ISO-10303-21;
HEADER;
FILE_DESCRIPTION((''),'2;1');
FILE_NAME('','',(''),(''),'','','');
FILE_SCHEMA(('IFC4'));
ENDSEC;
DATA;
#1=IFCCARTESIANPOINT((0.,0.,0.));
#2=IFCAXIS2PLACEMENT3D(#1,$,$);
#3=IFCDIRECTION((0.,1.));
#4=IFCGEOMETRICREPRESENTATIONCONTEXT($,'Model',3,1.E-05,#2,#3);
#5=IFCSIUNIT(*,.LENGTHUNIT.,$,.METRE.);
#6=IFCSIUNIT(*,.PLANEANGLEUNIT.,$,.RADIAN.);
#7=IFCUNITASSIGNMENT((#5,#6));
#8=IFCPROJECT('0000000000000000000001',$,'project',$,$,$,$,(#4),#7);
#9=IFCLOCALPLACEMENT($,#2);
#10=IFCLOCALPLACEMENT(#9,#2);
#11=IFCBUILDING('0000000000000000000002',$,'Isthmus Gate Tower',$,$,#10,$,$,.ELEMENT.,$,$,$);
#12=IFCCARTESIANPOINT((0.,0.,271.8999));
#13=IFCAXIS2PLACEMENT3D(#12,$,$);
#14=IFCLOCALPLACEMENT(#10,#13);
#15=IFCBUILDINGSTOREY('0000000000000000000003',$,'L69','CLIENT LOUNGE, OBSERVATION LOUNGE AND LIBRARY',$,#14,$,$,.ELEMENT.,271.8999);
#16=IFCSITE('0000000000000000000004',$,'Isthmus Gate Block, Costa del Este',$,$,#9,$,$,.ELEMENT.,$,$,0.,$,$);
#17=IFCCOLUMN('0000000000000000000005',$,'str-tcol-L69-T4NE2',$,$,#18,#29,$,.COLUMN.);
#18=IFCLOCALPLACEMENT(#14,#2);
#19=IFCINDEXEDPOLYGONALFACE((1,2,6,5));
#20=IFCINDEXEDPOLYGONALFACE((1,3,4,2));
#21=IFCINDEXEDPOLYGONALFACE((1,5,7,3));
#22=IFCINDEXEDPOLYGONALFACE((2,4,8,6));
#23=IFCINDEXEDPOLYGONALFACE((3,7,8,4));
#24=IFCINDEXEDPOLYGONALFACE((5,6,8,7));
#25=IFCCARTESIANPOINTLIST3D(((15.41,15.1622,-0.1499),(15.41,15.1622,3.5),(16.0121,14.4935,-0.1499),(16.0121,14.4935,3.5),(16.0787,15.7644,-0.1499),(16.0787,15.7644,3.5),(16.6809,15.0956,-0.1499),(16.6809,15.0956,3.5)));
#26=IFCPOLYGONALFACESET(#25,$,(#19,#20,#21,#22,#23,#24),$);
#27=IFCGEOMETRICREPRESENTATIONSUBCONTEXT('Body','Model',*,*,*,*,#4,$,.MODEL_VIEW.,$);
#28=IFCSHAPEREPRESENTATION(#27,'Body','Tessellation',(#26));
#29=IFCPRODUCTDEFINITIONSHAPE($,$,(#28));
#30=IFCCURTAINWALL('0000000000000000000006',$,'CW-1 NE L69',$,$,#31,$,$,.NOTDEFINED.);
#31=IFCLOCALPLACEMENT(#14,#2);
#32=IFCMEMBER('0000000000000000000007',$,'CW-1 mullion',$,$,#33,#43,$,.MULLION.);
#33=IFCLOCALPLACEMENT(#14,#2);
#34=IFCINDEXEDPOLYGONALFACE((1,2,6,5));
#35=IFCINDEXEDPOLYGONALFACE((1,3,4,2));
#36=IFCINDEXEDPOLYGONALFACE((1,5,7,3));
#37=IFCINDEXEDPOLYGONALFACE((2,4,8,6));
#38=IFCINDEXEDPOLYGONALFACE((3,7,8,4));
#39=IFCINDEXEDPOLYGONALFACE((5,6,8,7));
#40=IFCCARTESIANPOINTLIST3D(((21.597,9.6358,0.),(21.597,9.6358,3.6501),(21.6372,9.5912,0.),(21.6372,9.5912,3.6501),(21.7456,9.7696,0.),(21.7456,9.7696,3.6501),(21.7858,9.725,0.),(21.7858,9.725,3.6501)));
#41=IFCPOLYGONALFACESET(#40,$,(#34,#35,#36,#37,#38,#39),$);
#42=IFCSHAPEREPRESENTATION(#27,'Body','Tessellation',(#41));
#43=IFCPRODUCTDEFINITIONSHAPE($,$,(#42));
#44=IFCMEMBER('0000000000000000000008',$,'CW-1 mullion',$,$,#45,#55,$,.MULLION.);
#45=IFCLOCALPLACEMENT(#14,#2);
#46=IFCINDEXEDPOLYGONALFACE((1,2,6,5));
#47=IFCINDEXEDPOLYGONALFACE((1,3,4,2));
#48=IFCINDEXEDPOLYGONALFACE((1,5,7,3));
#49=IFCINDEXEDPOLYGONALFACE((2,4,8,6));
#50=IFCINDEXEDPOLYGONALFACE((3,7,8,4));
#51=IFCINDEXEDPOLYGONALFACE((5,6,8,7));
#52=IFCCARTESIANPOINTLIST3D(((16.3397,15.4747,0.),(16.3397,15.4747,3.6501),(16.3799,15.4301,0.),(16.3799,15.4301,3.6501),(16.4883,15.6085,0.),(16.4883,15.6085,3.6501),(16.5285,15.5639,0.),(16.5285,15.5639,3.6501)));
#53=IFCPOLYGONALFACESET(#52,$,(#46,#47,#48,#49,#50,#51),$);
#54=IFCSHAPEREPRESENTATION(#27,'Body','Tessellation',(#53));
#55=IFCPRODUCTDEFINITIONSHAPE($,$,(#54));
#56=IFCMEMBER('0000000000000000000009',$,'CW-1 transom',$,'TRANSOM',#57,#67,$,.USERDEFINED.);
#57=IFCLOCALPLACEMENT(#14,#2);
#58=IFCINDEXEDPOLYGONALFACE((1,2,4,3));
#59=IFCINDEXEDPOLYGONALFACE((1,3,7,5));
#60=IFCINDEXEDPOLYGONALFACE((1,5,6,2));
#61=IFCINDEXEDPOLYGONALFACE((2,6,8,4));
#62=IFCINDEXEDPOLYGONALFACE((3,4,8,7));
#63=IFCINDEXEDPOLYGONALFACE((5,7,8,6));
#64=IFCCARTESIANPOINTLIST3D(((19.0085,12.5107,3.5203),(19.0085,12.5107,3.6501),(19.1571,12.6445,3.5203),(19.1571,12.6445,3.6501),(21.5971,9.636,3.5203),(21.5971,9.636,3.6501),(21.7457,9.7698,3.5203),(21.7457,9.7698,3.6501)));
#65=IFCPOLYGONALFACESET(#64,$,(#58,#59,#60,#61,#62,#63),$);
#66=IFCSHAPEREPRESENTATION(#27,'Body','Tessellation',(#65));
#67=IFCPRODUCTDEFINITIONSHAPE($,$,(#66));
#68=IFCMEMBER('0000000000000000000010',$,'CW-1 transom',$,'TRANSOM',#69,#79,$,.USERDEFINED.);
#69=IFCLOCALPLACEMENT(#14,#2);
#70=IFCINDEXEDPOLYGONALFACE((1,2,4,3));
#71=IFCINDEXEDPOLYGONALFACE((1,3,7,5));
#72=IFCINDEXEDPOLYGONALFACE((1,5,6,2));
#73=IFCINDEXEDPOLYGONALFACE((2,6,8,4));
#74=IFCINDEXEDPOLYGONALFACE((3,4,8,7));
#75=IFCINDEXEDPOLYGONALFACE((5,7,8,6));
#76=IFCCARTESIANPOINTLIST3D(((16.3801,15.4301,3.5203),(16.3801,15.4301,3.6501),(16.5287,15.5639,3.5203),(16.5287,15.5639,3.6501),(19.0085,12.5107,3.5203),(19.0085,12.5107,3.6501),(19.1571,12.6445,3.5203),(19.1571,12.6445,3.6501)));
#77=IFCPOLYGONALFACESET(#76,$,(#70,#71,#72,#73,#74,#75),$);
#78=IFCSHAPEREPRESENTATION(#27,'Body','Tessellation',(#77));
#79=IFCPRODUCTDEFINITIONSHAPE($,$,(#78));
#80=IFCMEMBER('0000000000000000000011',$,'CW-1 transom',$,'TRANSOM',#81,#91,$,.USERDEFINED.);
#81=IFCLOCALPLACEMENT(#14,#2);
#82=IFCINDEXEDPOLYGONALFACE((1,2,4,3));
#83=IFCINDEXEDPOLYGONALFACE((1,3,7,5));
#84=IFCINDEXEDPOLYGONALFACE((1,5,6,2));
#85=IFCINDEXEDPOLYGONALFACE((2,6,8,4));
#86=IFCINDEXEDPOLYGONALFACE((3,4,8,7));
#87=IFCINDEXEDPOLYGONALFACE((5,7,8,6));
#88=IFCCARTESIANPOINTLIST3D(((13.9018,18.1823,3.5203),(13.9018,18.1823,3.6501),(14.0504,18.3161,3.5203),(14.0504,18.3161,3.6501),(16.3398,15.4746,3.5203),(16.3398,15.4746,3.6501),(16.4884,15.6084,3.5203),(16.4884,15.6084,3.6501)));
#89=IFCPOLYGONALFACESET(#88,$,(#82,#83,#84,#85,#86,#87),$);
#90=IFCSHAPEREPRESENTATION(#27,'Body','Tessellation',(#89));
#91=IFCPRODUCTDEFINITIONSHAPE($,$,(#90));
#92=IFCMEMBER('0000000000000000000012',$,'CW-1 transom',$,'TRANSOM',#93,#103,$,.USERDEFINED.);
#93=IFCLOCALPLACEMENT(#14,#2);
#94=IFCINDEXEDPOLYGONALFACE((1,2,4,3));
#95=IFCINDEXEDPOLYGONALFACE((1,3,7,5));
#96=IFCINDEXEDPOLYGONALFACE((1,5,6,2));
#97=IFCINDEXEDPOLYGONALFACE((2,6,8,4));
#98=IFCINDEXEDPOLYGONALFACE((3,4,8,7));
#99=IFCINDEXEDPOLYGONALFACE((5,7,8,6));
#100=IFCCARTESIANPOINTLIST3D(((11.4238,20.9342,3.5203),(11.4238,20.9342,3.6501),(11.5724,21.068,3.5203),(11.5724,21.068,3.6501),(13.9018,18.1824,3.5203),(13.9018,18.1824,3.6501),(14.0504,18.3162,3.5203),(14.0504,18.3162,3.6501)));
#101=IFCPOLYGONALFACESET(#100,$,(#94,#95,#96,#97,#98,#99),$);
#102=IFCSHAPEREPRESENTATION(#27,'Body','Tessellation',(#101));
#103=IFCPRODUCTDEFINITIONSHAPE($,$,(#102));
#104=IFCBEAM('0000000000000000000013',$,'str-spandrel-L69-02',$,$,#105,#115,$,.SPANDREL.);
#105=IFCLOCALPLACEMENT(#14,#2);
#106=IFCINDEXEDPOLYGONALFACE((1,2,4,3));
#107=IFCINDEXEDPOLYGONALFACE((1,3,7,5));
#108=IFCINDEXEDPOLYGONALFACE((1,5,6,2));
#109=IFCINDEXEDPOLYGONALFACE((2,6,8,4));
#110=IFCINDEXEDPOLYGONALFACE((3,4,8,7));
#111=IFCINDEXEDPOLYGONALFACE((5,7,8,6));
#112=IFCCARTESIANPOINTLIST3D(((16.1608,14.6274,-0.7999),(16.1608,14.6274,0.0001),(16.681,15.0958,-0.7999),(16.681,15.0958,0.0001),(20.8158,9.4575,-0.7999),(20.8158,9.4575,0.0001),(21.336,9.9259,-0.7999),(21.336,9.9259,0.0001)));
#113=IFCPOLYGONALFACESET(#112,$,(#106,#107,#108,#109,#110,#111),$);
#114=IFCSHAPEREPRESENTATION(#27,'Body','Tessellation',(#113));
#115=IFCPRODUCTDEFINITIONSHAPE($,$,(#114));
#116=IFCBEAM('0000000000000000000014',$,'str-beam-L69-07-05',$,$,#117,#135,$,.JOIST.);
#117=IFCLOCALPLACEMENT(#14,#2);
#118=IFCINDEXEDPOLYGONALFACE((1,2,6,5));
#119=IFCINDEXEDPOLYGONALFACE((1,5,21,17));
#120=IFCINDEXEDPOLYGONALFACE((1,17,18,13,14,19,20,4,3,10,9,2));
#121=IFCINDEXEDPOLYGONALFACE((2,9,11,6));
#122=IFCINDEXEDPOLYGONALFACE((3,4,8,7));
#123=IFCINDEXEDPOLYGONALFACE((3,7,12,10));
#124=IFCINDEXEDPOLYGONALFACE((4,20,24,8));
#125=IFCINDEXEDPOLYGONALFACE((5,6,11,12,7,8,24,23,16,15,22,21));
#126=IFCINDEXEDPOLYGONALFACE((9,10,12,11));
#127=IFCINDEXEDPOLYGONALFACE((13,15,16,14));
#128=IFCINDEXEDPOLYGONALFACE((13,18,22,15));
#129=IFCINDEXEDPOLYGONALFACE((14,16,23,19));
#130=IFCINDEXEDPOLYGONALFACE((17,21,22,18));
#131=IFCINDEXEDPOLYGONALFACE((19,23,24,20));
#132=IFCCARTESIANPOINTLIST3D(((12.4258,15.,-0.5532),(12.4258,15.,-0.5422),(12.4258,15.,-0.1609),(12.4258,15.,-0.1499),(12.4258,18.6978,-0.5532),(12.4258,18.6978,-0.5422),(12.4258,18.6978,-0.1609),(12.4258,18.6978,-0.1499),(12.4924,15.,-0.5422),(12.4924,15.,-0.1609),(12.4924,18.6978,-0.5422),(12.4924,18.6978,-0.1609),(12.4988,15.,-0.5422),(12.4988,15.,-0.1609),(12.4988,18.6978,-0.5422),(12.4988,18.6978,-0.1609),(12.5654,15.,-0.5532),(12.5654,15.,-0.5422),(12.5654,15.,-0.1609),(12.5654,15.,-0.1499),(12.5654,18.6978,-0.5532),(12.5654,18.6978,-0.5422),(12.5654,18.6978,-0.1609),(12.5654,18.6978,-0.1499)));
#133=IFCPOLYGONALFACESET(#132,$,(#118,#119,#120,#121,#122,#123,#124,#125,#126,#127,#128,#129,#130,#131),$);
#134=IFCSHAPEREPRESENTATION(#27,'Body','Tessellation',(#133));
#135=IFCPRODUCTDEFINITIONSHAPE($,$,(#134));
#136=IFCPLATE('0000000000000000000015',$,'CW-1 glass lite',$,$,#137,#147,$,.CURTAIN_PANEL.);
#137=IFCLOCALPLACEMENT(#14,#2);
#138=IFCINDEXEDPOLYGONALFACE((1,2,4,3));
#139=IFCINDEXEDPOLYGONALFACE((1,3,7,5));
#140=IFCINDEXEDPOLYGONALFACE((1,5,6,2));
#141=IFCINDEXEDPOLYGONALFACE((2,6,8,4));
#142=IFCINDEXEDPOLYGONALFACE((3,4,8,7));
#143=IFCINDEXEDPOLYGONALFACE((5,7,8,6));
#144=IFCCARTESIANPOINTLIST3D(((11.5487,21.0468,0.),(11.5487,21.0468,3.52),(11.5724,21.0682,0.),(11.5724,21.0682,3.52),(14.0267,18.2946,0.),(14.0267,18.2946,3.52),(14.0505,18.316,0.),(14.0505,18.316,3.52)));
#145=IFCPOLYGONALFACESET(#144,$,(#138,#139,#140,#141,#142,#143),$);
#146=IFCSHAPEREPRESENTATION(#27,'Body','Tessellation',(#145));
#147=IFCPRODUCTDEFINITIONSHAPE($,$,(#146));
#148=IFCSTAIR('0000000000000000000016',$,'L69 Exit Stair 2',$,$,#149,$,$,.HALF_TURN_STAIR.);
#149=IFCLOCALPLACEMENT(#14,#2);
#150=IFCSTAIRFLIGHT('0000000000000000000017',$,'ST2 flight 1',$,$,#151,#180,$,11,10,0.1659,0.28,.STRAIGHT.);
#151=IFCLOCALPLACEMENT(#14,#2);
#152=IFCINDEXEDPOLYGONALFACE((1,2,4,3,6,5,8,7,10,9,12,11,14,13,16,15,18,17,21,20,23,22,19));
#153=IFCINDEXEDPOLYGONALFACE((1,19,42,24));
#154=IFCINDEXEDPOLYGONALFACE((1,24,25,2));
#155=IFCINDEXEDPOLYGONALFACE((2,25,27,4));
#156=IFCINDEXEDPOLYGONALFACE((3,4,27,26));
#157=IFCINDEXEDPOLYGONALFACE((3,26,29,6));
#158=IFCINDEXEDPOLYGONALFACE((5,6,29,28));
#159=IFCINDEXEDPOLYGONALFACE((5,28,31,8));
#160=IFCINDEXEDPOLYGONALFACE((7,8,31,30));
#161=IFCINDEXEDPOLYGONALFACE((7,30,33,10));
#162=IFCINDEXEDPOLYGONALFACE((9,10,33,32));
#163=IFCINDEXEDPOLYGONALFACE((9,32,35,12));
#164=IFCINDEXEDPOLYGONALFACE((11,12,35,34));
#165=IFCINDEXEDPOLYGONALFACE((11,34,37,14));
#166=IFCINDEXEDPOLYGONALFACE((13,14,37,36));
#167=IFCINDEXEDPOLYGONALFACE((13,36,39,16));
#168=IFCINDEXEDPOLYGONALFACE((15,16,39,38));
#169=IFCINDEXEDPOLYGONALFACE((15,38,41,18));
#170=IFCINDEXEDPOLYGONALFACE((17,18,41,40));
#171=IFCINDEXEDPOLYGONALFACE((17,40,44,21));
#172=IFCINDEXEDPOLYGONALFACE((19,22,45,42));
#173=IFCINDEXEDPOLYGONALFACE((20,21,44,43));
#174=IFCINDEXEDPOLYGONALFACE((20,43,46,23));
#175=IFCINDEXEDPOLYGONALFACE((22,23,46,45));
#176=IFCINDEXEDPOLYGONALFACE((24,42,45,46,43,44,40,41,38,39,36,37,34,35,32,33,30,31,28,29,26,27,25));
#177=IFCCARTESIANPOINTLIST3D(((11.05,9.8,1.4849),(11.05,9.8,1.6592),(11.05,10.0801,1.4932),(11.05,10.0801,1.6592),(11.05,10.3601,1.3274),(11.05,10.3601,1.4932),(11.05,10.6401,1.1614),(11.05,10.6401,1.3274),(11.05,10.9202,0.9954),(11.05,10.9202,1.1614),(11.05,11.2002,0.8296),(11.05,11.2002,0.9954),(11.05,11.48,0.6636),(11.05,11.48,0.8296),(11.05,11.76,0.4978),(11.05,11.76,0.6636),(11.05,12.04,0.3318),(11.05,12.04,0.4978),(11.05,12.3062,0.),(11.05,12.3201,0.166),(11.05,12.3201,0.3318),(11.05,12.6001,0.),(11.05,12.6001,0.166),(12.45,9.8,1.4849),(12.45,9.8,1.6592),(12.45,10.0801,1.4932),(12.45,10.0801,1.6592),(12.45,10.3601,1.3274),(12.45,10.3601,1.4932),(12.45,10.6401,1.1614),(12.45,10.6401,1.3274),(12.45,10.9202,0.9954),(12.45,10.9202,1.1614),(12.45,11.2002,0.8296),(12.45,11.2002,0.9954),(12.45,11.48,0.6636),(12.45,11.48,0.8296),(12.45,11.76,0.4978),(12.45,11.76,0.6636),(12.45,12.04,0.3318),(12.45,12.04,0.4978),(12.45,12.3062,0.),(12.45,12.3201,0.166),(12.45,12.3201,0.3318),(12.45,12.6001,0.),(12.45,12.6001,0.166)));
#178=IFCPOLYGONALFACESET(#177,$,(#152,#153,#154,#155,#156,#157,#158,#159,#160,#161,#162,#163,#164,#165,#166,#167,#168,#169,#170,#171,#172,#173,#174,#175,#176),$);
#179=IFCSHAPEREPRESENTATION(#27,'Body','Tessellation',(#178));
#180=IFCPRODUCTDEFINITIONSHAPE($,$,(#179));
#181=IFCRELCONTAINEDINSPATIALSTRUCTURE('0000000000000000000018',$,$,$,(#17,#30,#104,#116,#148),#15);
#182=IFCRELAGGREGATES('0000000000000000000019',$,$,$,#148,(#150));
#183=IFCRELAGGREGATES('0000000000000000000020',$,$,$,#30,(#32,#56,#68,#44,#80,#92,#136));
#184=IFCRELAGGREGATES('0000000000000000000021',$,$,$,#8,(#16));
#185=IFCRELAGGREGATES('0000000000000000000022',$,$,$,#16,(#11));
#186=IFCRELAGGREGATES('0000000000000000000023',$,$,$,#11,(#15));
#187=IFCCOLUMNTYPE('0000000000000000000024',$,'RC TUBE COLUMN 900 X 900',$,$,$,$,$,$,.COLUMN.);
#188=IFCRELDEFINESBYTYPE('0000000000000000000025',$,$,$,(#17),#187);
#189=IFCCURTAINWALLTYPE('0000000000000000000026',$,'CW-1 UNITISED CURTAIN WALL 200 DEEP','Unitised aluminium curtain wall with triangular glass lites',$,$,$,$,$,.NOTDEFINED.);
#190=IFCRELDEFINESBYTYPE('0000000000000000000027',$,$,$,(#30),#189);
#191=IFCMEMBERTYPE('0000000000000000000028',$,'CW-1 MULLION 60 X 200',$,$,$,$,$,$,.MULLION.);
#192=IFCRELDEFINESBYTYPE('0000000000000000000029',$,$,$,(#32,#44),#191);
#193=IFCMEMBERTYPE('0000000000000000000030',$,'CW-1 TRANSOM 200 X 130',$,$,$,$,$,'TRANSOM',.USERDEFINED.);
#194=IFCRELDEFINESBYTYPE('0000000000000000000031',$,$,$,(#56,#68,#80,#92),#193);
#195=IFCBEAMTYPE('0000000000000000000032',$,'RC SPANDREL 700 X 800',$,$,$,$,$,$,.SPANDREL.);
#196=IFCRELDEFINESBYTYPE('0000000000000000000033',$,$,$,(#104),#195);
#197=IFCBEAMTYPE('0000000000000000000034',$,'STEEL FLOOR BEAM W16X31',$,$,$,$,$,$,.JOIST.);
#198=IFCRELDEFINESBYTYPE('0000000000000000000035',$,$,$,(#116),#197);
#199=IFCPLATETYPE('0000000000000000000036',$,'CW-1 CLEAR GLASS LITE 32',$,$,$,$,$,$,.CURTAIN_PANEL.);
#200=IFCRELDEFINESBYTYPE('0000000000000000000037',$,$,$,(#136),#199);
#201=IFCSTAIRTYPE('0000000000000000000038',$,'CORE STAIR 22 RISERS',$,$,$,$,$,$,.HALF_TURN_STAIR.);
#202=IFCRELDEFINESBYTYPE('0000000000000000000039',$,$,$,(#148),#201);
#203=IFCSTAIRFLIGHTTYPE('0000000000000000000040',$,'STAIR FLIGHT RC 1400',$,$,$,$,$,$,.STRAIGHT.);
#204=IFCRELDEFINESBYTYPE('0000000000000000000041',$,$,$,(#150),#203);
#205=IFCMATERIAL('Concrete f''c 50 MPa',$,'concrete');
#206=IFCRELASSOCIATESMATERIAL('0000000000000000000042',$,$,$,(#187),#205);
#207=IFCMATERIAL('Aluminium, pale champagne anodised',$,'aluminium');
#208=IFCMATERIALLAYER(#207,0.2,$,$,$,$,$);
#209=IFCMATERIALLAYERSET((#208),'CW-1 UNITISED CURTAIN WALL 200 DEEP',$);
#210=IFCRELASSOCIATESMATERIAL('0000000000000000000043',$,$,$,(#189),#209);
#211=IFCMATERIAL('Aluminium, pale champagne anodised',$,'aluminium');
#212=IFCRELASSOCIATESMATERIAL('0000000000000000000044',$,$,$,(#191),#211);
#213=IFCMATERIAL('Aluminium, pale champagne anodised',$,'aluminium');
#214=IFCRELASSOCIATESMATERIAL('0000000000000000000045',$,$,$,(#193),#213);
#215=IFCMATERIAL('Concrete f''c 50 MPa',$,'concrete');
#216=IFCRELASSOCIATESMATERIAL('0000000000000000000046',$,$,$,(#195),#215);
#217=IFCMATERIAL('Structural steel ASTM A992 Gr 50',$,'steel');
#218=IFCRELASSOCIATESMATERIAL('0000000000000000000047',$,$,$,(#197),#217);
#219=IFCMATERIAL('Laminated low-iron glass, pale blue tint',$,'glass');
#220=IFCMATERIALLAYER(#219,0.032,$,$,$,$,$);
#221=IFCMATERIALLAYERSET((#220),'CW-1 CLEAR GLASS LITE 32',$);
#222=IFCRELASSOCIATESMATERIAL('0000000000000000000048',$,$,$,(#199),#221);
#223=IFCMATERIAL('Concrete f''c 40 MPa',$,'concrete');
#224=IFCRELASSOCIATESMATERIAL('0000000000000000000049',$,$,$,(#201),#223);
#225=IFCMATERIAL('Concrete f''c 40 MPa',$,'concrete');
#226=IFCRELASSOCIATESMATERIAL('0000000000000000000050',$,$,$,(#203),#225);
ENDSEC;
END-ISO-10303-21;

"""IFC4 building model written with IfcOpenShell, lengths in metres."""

from ifc_helpers import new_model, si_unit, direction, frame, origin, origin_2d, place, context, subcontext, project, spatial, polyline, rectangle, i_section, outline, extrude, material, layer, layer_set, material_profile, profile_set, type_object, element, aggregate, save


model = new_model("IFC4")

# Units and contexts
model_context = context("Model", 3, precision=1e-05, world=origin(), true_north=direction((0.0, 1.0)))
body_context = subcontext(model_context, "Body", "Model", "MODEL_VIEW")
ifc_project = project(units=[si_unit("LENGTHUNIT", "METRE"), si_unit("PLANEANGLEUNIT", "RADIAN")], contexts=[model_context])

# Site, building, storey
site_placement = place(None, origin())
site = spatial("IfcSite", under=ifc_project, at=site_placement, Name="Isthmus Gate Block, Costa del Este", CompositionType="ELEMENT", RefElevation=0.0)
building_placement = place(site_placement, origin())
building = spatial("IfcBuilding", under=site, at=building_placement, Name="Isthmus Gate Tower", CompositionType="ELEMENT")
storey_placement = place(building_placement, frame((0.0, 0.0, 271.8999)))
storey = spatial("IfcBuildingStorey", under=building, at=storey_placement, Name="L69", Description="CLIENT LOUNGE, OBSERVATION LOUNGE AND LIBRARY", CompositionType="ELEMENT", Elevation=271.8999)

# Column
ifc_material_1 = material(Name="Concrete f'c 50 MPa", Category="concrete")
ifc_material_profile_1 = material_profile(ifc_material_1, rectangle(XDim=0.8999, YDim=0.8999, at=origin_2d()), Name="RC 900X900")
ifc_profile_set_1 = profile_set([ifc_material_profile_1], Name="Concrete f'c 50 MPa")
column_type = type_object("IfcColumnType", Name="RC TUBE COLUMN 900 X 900", PredefinedType="COLUMN", material=ifc_profile_set_1)
column_placement = place(storey_placement, frame((16.0454, 15.1289, -0.1499), z_axis=(0.0, 0.0, 1.0), x_axis=(-0.669131, 0.743145, 0.0)))
element("IfcColumn", 1, at=column_placement, inside=storey, type_object=column_type, Name="str-tcol-L69-T4NE2", PredefinedType="COLUMN", context=body_context, shape_type="SweptSolid", body=[
    extrude(rectangle(XDim=0.8999, YDim=0.8999, at=origin_2d()), origin(), (0.0, 0.0, 1.0), 3.6499),
])

# Curtain wall, members
ifc_material_2 = material(Name="Aluminium, pale champagne anodised", Category="aluminium")
ifc_layer_1 = layer(ifc_material_2, 0.2)
ifc_layer_set_1 = layer_set([ifc_layer_1], Name="CW-1 UNITISED CURTAIN WALL 200 DEEP")
curtain_wall_type = type_object("IfcCurtainWallType", Name="CW-1 UNITISED CURTAIN WALL 200 DEEP", Description="Unitised aluminium curtain wall with triangular glass lites", PredefinedType="NOTDEFINED", material=ifc_layer_set_1)
curtain_wall_placement = place(storey_placement, origin())
curtain_wall = element("IfcCurtainWall", 2, at=curtain_wall_placement, inside=storey, type_object=curtain_wall_type, Name="CW-1 NE L69", PredefinedType="NOTDEFINED")
ifc_material_3 = material(Name="Aluminium, pale champagne anodised", Category="aluminium")
ifc_material_profile_2 = material_profile(ifc_material_3, rectangle(XDim=0.0601, YDim=0.2, at=origin_2d()), Name="60x200")
ifc_profile_set_2 = profile_set([ifc_material_profile_2], Name="Aluminium, pale champagne anodised")
member_type_1 = type_object("IfcMemberType", Name="CW-1 MULLION 60 X 200", PredefinedType="MULLION", material=ifc_profile_set_2)
member_1_placement = place(storey_placement, frame((21.6914, 9.6804, 0.0), z_axis=(0.0, 0.0, 1.0), x_axis=(-0.669131, 0.743145, 0.0)))
member_1 = element("IfcMember", 3, at=member_1_placement, type_object=member_type_1, Name="CW-1 mullion", PredefinedType="MULLION", context=body_context, shape_type="SweptSolid", body=[
    extrude(rectangle(XDim=0.0601, YDim=0.2, at=origin_2d()), origin(), (0.0, 0.0, 1.0), 3.6501),
])
member_2_placement = place(storey_placement, frame((16.4341, 15.5193, 0.0), z_axis=(0.0, 0.0, 1.0), x_axis=(-0.669131, 0.743145, 0.0)))
member_2 = element("IfcMember", 4, at=member_2_placement, type_object=member_type_1, Name="CW-1 mullion", PredefinedType="MULLION", context=body_context, shape_type="SweptSolid", body=[
    extrude(rectangle(XDim=0.0601, YDim=0.2, at=origin_2d()), origin(), (0.0, 0.0, 1.0), 3.6501),
])
ifc_material_4 = material(Name="Aluminium, pale champagne anodised", Category="aluminium")
ifc_material_profile_3 = material_profile(ifc_material_4, rectangle(XDim=0.2, YDim=0.1299, at=origin_2d()), Name="200x130")
ifc_profile_set_3 = profile_set([ifc_material_profile_3], Name="Aluminium, pale champagne anodised")
member_type_2 = type_object("IfcMemberType", Name="CW-1 TRANSOM 200 X 130", ElementType="TRANSOM", PredefinedType="USERDEFINED", material=ifc_profile_set_3)
member_3_placement = place(storey_placement, frame((21.6714, 9.7029, 3.5852), z_axis=(-0.669156, 0.743122, 0.0), x_axis=(-0.743122, -0.669156, 0.0)))
member_3 = element("IfcMember", 5, at=member_3_placement, type_object=member_type_2, Name="CW-1 transom", ObjectType="TRANSOM", PredefinedType="USERDEFINED", context=body_context, shape_type="SweptSolid", body=[
    extrude(rectangle(XDim=0.2, YDim=0.1299, at=origin_2d()), origin(), (0.0, 0.0, 1.0), 3.8684),
])
member_4_placement = place(storey_placement, frame((19.0828, 12.5776, 3.5852), z_axis=(-0.669095, 0.743177, 0.0), x_axis=(-0.743177, -0.669095, 0.0)))
member_4 = element("IfcMember", 6, at=member_4_placement, type_object=member_type_2, Name="CW-1 transom", ObjectType="TRANSOM", PredefinedType="USERDEFINED", context=body_context, shape_type="SweptSolid", body=[
    extrude(rectangle(XDim=0.2, YDim=0.1299, at=origin_2d()), origin(), (0.0, 0.0, 1.0), 3.9282),
])
member_5_placement = place(storey_placement, frame((16.4141, 15.5415, 3.5852), z_axis=(-0.669116, 0.743158, 0.0), x_axis=(-0.743158, -0.669116, 0.0)))
member_5 = element("IfcMember", 7, at=member_5_placement, type_object=member_type_2, Name="CW-1 transom", ObjectType="TRANSOM", PredefinedType="USERDEFINED", context=body_context, shape_type="SweptSolid", body=[
    extrude(rectangle(XDim=0.2, YDim=0.1299, at=origin_2d()), origin(), (0.0, 0.0, 1.0), 3.6436),
])
member_6_placement = place(storey_placement, frame((13.9761, 18.2493, 3.5852), z_axis=(-0.669154, 0.743124, 0.0), x_axis=(-0.743124, -0.669154, 0.0)))
member_6 = element("IfcMember", 8, at=member_6_placement, type_object=member_type_2, Name="CW-1 transom", ObjectType="TRANSOM", PredefinedType="USERDEFINED", context=body_context, shape_type="SweptSolid", body=[
    extrude(rectangle(XDim=0.2, YDim=0.1299, at=origin_2d()), origin(), (0.0, 0.0, 1.0), 3.7031),
])

# Beams
ifc_material_5 = material(Name="Concrete f'c 50 MPa", Category="concrete")
ifc_material_profile_4 = material_profile(ifc_material_5, rectangle(XDim=0.7, YDim=0.8, at=origin_2d()), Name="RC 700X800")
ifc_profile_set_4 = profile_set([ifc_material_profile_4], Name="Concrete f'c 50 MPa")
beam_type_1 = type_object("IfcBeamType", Name="RC SPANDREL 700 X 800", PredefinedType="SPANDREL", material=ifc_profile_set_4)
beam_1_placement = place(storey_placement, frame((16.4209, 14.8616, -0.3999), z_axis=(0.669131, -0.743144, 0.0), x_axis=(0.743144, 0.669131, 0.0)))
element("IfcBeam", 9, at=beam_1_placement, inside=storey, type_object=beam_type_1, Name="str-spandrel-L69-02", PredefinedType="SPANDREL", context=body_context, shape_type="SweptSolid", body=[
    extrude(rectangle(XDim=0.7, YDim=0.8, at=origin_2d()), origin(), (0.0, 0.0, 1.0), 6.9568),
])
ifc_material_6 = material(Name="Structural steel ASTM A992 Gr 50", Category="steel")
ifc_material_profile_5 = material_profile(ifc_material_6, i_section(OverallWidth=0.1396, OverallDepth=0.4033, WebThickness=0.0063, FlangeThickness=0.011, at=origin_2d()), Name="W16X31")
ifc_profile_set_5 = profile_set([ifc_material_profile_5], Name="Structural steel ASTM A992 Gr 50")
beam_type_2 = type_object("IfcBeamType", Name="STEEL FLOOR BEAM W16X31", PredefinedType="JOIST", material=ifc_profile_set_5)
beam_2_placement = place(storey_placement, frame((12.4956, 15.0, -0.3516), z_axis=(0.0, 1.0, 0.0), x_axis=(-1.0, 0.0, 0.0)))
element("IfcBeam", 10, at=beam_2_placement, inside=storey, type_object=beam_type_2, Name="str-beam-L69-07-05", PredefinedType="JOIST", context=body_context, shape_type="SweptSolid", body=[
    extrude(i_section(OverallWidth=0.1396, OverallDepth=0.4033, WebThickness=0.0063, FlangeThickness=0.011, at=origin_2d()), origin(), (0.0, 0.0, 1.0), 3.6978),
])

# Plate
ifc_material_7 = material(Name="Laminated low-iron glass, pale blue tint", Category="glass")
ifc_layer_2 = layer(ifc_material_7, 0.032)
ifc_layer_set_2 = layer_set([ifc_layer_2], Name="CW-1 CLEAR GLASS LITE 32")
plate_type = type_object("IfcPlateType", Name="CW-1 CLEAR GLASS LITE 32", PredefinedType="CURTAIN_PANEL", material=ifc_layer_set_2)
plate_placement = place(storey_placement, frame((12.7996, 19.6814, 0.0), z_axis=(0.0, 0.0, 1.0), x_axis=(-0.669131, 0.743145, 0.0)))
plate = element("IfcPlate", 11, at=plate_placement, type_object=plate_type, Name="CW-1 glass lite", PredefinedType="CURTAIN_PANEL", context=body_context, shape_type="SweptSolid", body=[
    extrude(rectangle(XDim=3.7034, YDim=0.032, at=origin_2d()), origin(), (0.0, 0.0, 1.0), 3.52),
])

# Stair, stair flight
ifc_material_8 = material(Name="Concrete f'c 40 MPa", Category="concrete")
stair_type = type_object("IfcStairType", Name="CORE STAIR 22 RISERS", PredefinedType="HALF_TURN_STAIR", material=ifc_material_8)
stair_placement = place(storey_placement, origin())
stair = element("IfcStair", 12, at=stair_placement, inside=storey, type_object=stair_type, Name="L69 Exit Stair 2", PredefinedType="HALF_TURN_STAIR")
ifc_material_9 = material(Name="Concrete f'c 40 MPa", Category="concrete")
stair_flight_type = type_object("IfcStairFlightType", Name="STAIR FLIGHT RC 1400", PredefinedType="STRAIGHT", material=ifc_material_9)
stair_flight_1_placement = place(storey_placement, frame((11.75, 12.6001, 0.0), z_axis=(0.0, 0.0, 1.0), x_axis=(0.0, -1.0, 0.0)))
stair_flight_1 = element("IfcStairFlight", 13, at=stair_flight_1_placement, type_object=stair_flight_type, Name="ST2 flight 1", NumberOfRisers=11, NumberOfTreads=10, PredefinedType="STRAIGHT", RiserHeight=0.1659, TreadLength=0.28, context=body_context, shape_type="SweptSolid", body=[
    extrude(outline(polyline([(0.0, 0.0), (0.0, 0.166), (0.28, 0.166), (0.28, 0.3318), (0.5601, 0.3318), (0.5601, 0.4978), (0.8401, 0.4978), (0.8401, 0.6636), (1.1201, 0.6636), (1.1201, 0.8296), (1.3999, 0.8296), (1.3999, 0.9954), (1.6799, 0.9954), (1.6799, 1.1614), (1.96, 1.1614), (1.96, 1.3274), (2.24, 1.3274), (2.24, 1.4932), (2.52, 1.4932), (2.52, 1.6592), (2.8, 1.6592), (2.8, 1.825), (2.8, 1.4849), (0.2939, 0.0), (0.0, 0.0)])), frame((0.0, 0.7, 0.0), z_axis=(0.0, -1.0, 0.0), x_axis=(1.0, 0.0, 0.0)), (0.0, 0.0, 1.0), 1.3999),
])
aggregate(stair, [stair_flight_1])

aggregate(curtain_wall, [member_1, member_3, member_4, member_2, member_5, member_6, plate])

save(model, "model.ifc")
